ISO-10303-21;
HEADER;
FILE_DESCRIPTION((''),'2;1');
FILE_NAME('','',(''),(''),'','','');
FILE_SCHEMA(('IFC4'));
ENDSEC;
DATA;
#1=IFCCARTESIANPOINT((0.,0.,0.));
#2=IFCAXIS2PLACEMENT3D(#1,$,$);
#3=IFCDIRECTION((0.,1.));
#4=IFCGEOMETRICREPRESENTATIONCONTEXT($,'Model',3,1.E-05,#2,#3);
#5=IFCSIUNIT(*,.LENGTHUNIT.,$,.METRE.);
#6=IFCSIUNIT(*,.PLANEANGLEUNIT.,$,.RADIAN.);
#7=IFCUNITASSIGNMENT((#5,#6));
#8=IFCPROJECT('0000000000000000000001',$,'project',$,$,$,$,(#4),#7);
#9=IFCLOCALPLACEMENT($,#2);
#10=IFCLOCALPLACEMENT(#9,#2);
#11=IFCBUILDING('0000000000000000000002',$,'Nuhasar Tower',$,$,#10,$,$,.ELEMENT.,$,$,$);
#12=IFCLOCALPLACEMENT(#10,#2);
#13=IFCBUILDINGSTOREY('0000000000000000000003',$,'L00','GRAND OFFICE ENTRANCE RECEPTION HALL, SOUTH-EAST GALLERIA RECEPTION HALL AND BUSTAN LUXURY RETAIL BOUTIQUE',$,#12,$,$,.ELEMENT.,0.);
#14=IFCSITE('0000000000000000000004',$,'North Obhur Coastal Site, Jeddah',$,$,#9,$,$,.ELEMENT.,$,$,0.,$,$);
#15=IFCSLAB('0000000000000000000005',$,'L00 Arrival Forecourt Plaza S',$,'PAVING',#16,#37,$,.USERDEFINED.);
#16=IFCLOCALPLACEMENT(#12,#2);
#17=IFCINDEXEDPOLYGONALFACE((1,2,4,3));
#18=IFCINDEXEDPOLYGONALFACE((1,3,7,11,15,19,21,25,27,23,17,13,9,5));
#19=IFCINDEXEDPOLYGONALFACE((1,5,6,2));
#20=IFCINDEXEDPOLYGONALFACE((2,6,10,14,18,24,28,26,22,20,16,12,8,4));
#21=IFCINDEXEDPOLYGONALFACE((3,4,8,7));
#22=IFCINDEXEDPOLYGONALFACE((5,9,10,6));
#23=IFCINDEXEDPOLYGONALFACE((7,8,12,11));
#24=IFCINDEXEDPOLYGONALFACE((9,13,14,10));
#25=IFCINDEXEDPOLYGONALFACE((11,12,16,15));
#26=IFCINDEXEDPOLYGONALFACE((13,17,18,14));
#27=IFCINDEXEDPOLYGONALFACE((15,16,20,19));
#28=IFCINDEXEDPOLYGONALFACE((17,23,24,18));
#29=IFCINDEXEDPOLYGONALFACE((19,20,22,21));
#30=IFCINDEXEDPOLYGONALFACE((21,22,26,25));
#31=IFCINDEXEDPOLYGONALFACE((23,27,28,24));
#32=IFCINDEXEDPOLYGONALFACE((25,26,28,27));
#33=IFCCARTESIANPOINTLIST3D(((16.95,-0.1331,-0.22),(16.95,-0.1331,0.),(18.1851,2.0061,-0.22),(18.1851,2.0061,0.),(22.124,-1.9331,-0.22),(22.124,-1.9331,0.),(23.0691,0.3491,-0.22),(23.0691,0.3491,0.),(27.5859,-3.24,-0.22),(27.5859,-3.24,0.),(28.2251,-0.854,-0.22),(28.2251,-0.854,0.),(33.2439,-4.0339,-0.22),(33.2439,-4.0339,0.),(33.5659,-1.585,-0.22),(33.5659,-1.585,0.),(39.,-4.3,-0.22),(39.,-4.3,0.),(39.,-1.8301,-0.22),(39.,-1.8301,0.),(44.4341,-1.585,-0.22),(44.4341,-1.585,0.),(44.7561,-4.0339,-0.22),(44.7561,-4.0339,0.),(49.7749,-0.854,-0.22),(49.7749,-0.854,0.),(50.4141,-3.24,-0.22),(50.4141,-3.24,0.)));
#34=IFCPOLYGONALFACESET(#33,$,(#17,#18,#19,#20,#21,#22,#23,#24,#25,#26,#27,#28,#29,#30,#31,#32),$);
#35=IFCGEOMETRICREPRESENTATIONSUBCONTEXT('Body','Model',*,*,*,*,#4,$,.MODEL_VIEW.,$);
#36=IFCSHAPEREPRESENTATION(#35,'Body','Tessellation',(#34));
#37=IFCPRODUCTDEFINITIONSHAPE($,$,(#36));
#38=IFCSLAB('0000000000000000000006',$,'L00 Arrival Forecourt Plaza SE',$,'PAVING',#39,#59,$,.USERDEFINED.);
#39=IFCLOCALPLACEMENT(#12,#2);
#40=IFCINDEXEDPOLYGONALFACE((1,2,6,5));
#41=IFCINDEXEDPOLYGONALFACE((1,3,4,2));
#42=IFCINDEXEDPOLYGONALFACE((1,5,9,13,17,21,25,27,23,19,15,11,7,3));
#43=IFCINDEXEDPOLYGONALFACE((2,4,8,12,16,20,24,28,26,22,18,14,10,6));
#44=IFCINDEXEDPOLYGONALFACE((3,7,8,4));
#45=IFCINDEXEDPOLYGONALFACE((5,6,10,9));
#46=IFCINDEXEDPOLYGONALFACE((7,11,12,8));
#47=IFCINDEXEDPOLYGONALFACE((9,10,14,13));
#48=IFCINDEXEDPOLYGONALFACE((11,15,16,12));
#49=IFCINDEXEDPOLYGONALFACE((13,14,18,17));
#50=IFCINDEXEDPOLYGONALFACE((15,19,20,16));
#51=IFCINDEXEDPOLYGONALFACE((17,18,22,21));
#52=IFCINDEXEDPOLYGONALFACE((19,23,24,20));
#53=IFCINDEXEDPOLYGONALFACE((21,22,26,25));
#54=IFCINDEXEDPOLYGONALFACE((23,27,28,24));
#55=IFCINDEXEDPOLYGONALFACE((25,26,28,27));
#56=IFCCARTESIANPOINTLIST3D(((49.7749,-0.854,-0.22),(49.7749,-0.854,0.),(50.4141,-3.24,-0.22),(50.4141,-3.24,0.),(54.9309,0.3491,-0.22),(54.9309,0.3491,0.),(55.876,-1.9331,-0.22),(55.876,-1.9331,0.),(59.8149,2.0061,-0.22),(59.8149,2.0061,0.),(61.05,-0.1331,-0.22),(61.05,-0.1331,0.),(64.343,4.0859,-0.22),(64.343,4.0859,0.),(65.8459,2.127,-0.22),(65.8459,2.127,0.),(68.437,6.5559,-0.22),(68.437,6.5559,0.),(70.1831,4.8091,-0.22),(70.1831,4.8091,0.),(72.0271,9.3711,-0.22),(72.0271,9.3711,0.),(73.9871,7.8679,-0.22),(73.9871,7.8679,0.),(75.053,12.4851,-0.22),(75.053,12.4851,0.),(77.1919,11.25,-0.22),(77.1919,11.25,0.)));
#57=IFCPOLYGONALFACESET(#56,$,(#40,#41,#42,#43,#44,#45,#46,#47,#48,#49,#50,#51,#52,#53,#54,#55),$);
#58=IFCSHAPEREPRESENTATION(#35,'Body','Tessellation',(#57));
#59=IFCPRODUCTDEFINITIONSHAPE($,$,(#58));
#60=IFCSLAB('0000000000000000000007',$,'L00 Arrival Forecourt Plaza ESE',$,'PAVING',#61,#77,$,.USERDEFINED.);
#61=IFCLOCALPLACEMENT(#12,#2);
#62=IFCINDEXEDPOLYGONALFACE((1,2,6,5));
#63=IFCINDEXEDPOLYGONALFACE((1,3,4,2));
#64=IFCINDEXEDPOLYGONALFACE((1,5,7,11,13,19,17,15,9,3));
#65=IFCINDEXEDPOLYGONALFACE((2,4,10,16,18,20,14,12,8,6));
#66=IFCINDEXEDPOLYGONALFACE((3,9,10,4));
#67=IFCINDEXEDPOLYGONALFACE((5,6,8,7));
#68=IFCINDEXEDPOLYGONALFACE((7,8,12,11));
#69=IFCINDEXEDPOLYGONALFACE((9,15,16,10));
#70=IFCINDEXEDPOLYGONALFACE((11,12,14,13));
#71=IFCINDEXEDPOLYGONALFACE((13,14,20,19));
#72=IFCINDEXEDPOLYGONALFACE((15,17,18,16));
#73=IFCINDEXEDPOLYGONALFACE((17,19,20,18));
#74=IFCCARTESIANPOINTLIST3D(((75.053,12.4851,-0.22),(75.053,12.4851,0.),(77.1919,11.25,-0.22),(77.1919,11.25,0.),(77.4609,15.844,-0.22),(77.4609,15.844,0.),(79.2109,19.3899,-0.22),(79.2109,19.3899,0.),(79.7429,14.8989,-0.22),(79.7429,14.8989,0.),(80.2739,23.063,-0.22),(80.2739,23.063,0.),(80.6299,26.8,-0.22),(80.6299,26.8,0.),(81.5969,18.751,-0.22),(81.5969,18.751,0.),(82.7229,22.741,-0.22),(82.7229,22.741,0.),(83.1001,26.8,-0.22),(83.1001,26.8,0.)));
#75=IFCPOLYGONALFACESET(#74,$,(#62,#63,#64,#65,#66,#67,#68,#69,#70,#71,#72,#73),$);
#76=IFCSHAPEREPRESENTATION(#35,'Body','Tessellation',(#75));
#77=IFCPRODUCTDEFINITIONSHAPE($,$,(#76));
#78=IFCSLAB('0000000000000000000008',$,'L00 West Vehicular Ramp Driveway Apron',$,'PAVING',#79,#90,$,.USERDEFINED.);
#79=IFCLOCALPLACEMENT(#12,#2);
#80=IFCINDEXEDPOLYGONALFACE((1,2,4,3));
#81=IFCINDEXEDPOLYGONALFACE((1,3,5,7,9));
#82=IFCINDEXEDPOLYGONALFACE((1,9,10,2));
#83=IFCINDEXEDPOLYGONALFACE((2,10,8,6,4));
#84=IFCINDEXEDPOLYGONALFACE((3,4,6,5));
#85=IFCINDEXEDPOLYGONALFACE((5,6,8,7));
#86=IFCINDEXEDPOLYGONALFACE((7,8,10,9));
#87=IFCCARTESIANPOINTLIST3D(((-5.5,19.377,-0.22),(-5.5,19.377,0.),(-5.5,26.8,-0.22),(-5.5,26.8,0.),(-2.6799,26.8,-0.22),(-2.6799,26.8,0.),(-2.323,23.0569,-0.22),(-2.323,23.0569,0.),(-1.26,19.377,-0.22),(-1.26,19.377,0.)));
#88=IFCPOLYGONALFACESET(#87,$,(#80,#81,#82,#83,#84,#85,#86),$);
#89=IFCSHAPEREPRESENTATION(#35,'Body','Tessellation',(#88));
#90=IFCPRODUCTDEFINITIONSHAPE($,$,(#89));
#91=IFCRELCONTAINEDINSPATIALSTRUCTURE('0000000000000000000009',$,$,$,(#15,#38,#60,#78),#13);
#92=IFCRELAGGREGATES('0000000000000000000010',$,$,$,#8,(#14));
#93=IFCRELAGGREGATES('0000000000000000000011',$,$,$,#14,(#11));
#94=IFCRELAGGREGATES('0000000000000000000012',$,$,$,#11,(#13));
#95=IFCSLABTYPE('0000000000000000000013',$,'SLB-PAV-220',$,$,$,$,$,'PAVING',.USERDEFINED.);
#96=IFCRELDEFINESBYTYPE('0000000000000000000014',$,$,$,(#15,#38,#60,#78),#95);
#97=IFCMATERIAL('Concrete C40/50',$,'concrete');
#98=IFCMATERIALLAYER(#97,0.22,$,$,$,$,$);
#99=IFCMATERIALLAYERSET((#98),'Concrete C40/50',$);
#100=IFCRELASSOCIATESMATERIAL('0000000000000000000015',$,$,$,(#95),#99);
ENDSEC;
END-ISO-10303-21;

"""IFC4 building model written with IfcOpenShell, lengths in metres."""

from ifc_helpers import new_model, si_unit, direction, frame, origin, place, context, subcontext, project, spatial, polyline, outline, extrude, material, layer, layer_set, type_object, element, save


model = new_model("IFC4")

# Units and contexts
model_context = context("Model", 3, precision=1e-05, world=origin(), true_north=direction((0.0, 1.0)))
body_context = subcontext(model_context, "Body", "Model", "MODEL_VIEW")
ifc_project = project(units=[si_unit("LENGTHUNIT", "METRE"), si_unit("PLANEANGLEUNIT", "RADIAN")], contexts=[model_context])

# Site, building, storey
site_placement = place(None, origin())
site = spatial("IfcSite", under=ifc_project, at=site_placement, Name="North Obhur Coastal Site, Jeddah", CompositionType="ELEMENT", RefElevation=0.0)
building_placement = place(site_placement, origin())
building = spatial("IfcBuilding", under=site, at=building_placement, Name="Nuhasar Tower", CompositionType="ELEMENT")
storey_placement = place(building_placement, origin())
storey = spatial("IfcBuildingStorey", under=building, at=storey_placement, Name="L00", Description="GRAND OFFICE ENTRANCE RECEPTION HALL, SOUTH-EAST GALLERIA RECEPTION HALL AND BUSTAN LUXURY RETAIL BOUTIQUE", CompositionType="ELEMENT", Elevation=0.0)

# Shared definitions
ifc_material_1 = material(Name="Concrete C40/50", Category="concrete")

# Slabs
ifc_layer_1 = layer(ifc_material_1, 0.22)
ifc_layer_set_1 = layer_set([ifc_layer_1], Name="Concrete C40/50")
slab_type_1 = type_object("IfcSlabType", Name="SLB-PAV-220", ElementType="PAVING", PredefinedType="USERDEFINED", material=ifc_layer_set_1)
slab_1_placement = place(storey_placement, frame((0.0, 0.0, -0.22)))
element("IfcSlab", 1, at=slab_1_placement, inside=storey, type_object=slab_type_1, Name="L00 Arrival Forecourt Plaza S", ObjectType="PAVING", PredefinedType="USERDEFINED", context=body_context, shape_type="SweptSolid", body=[
    extrude(outline(polyline([(16.95, -0.1331), (22.124, -1.9331), (27.5859, -3.24), (33.2439, -4.0339), (39.0, -4.3), (44.7561, -4.0339), (50.4141, -3.24), (49.7749, -0.854), (44.4341, -1.585), (39.0, -1.8301), (33.5659, -1.585), (28.2251, -0.854), (23.0691, 0.3491), (18.1851, 2.0061), (16.95, -0.1331)])), origin(), (0.0, 0.0, 1.0), 0.22),
])
slab_2_placement = place(storey_placement, frame((0.0, 0.0, -0.22)))
element("IfcSlab", 2, at=slab_2_placement, inside=storey, type_object=slab_type_1, Name="L00 Arrival Forecourt Plaza SE", ObjectType="PAVING", PredefinedType="USERDEFINED", context=body_context, shape_type="SweptSolid", body=[
    extrude(outline(polyline([(50.4141, -3.24), (55.876, -1.9331), (61.05, -0.1331), (65.8459, 2.127), (70.1831, 4.8091), (73.9871, 7.8679), (77.1919, 11.25), (75.053, 12.4851), (72.0271, 9.3711), (68.437, 6.5559), (64.343, 4.0859), (59.8149, 2.0061), (54.9309, 0.3491), (49.7749, -0.854), (50.4141, -3.24)])), origin(), (0.0, 0.0, 1.0), 0.22),
])
slab_3_placement = place(storey_placement, frame((0.0, 0.0, -0.22)))
element("IfcSlab", 3, at=slab_3_placement, inside=storey, type_object=slab_type_1, Name="L00 Arrival Forecourt Plaza ESE", ObjectType="PAVING", PredefinedType="USERDEFINED", context=body_context, shape_type="SweptSolid", body=[
    extrude(outline(polyline([(77.1919, 11.25), (79.7429, 14.8989), (81.5969, 18.751), (82.7229, 22.741), (83.1001, 26.8), (80.6299, 26.8), (80.2739, 23.063), (79.2109, 19.3899), (77.4609, 15.844), (75.053, 12.4851), (77.1919, 11.25)])), origin(), (0.0, 0.0, 1.0), 0.22),
])
slab_4_placement = place(storey_placement, frame((0.0, 0.0, -0.22)))
element("IfcSlab", 4, at=slab_4_placement, inside=storey, type_object=slab_type_1, Name="L00 West Vehicular Ramp Driveway Apron", ObjectType="PAVING", PredefinedType="USERDEFINED", context=body_context, shape_type="SweptSolid", body=[
    extrude(outline(polyline([(-2.6799, 26.8), (-5.5, 26.8), (-5.5, 19.377), (-1.26, 19.377), (-2.323, 23.0569), (-2.6799, 26.8)])), origin(), (0.0, 0.0, 1.0), 0.22),
])

save(model, "model.ifc")
